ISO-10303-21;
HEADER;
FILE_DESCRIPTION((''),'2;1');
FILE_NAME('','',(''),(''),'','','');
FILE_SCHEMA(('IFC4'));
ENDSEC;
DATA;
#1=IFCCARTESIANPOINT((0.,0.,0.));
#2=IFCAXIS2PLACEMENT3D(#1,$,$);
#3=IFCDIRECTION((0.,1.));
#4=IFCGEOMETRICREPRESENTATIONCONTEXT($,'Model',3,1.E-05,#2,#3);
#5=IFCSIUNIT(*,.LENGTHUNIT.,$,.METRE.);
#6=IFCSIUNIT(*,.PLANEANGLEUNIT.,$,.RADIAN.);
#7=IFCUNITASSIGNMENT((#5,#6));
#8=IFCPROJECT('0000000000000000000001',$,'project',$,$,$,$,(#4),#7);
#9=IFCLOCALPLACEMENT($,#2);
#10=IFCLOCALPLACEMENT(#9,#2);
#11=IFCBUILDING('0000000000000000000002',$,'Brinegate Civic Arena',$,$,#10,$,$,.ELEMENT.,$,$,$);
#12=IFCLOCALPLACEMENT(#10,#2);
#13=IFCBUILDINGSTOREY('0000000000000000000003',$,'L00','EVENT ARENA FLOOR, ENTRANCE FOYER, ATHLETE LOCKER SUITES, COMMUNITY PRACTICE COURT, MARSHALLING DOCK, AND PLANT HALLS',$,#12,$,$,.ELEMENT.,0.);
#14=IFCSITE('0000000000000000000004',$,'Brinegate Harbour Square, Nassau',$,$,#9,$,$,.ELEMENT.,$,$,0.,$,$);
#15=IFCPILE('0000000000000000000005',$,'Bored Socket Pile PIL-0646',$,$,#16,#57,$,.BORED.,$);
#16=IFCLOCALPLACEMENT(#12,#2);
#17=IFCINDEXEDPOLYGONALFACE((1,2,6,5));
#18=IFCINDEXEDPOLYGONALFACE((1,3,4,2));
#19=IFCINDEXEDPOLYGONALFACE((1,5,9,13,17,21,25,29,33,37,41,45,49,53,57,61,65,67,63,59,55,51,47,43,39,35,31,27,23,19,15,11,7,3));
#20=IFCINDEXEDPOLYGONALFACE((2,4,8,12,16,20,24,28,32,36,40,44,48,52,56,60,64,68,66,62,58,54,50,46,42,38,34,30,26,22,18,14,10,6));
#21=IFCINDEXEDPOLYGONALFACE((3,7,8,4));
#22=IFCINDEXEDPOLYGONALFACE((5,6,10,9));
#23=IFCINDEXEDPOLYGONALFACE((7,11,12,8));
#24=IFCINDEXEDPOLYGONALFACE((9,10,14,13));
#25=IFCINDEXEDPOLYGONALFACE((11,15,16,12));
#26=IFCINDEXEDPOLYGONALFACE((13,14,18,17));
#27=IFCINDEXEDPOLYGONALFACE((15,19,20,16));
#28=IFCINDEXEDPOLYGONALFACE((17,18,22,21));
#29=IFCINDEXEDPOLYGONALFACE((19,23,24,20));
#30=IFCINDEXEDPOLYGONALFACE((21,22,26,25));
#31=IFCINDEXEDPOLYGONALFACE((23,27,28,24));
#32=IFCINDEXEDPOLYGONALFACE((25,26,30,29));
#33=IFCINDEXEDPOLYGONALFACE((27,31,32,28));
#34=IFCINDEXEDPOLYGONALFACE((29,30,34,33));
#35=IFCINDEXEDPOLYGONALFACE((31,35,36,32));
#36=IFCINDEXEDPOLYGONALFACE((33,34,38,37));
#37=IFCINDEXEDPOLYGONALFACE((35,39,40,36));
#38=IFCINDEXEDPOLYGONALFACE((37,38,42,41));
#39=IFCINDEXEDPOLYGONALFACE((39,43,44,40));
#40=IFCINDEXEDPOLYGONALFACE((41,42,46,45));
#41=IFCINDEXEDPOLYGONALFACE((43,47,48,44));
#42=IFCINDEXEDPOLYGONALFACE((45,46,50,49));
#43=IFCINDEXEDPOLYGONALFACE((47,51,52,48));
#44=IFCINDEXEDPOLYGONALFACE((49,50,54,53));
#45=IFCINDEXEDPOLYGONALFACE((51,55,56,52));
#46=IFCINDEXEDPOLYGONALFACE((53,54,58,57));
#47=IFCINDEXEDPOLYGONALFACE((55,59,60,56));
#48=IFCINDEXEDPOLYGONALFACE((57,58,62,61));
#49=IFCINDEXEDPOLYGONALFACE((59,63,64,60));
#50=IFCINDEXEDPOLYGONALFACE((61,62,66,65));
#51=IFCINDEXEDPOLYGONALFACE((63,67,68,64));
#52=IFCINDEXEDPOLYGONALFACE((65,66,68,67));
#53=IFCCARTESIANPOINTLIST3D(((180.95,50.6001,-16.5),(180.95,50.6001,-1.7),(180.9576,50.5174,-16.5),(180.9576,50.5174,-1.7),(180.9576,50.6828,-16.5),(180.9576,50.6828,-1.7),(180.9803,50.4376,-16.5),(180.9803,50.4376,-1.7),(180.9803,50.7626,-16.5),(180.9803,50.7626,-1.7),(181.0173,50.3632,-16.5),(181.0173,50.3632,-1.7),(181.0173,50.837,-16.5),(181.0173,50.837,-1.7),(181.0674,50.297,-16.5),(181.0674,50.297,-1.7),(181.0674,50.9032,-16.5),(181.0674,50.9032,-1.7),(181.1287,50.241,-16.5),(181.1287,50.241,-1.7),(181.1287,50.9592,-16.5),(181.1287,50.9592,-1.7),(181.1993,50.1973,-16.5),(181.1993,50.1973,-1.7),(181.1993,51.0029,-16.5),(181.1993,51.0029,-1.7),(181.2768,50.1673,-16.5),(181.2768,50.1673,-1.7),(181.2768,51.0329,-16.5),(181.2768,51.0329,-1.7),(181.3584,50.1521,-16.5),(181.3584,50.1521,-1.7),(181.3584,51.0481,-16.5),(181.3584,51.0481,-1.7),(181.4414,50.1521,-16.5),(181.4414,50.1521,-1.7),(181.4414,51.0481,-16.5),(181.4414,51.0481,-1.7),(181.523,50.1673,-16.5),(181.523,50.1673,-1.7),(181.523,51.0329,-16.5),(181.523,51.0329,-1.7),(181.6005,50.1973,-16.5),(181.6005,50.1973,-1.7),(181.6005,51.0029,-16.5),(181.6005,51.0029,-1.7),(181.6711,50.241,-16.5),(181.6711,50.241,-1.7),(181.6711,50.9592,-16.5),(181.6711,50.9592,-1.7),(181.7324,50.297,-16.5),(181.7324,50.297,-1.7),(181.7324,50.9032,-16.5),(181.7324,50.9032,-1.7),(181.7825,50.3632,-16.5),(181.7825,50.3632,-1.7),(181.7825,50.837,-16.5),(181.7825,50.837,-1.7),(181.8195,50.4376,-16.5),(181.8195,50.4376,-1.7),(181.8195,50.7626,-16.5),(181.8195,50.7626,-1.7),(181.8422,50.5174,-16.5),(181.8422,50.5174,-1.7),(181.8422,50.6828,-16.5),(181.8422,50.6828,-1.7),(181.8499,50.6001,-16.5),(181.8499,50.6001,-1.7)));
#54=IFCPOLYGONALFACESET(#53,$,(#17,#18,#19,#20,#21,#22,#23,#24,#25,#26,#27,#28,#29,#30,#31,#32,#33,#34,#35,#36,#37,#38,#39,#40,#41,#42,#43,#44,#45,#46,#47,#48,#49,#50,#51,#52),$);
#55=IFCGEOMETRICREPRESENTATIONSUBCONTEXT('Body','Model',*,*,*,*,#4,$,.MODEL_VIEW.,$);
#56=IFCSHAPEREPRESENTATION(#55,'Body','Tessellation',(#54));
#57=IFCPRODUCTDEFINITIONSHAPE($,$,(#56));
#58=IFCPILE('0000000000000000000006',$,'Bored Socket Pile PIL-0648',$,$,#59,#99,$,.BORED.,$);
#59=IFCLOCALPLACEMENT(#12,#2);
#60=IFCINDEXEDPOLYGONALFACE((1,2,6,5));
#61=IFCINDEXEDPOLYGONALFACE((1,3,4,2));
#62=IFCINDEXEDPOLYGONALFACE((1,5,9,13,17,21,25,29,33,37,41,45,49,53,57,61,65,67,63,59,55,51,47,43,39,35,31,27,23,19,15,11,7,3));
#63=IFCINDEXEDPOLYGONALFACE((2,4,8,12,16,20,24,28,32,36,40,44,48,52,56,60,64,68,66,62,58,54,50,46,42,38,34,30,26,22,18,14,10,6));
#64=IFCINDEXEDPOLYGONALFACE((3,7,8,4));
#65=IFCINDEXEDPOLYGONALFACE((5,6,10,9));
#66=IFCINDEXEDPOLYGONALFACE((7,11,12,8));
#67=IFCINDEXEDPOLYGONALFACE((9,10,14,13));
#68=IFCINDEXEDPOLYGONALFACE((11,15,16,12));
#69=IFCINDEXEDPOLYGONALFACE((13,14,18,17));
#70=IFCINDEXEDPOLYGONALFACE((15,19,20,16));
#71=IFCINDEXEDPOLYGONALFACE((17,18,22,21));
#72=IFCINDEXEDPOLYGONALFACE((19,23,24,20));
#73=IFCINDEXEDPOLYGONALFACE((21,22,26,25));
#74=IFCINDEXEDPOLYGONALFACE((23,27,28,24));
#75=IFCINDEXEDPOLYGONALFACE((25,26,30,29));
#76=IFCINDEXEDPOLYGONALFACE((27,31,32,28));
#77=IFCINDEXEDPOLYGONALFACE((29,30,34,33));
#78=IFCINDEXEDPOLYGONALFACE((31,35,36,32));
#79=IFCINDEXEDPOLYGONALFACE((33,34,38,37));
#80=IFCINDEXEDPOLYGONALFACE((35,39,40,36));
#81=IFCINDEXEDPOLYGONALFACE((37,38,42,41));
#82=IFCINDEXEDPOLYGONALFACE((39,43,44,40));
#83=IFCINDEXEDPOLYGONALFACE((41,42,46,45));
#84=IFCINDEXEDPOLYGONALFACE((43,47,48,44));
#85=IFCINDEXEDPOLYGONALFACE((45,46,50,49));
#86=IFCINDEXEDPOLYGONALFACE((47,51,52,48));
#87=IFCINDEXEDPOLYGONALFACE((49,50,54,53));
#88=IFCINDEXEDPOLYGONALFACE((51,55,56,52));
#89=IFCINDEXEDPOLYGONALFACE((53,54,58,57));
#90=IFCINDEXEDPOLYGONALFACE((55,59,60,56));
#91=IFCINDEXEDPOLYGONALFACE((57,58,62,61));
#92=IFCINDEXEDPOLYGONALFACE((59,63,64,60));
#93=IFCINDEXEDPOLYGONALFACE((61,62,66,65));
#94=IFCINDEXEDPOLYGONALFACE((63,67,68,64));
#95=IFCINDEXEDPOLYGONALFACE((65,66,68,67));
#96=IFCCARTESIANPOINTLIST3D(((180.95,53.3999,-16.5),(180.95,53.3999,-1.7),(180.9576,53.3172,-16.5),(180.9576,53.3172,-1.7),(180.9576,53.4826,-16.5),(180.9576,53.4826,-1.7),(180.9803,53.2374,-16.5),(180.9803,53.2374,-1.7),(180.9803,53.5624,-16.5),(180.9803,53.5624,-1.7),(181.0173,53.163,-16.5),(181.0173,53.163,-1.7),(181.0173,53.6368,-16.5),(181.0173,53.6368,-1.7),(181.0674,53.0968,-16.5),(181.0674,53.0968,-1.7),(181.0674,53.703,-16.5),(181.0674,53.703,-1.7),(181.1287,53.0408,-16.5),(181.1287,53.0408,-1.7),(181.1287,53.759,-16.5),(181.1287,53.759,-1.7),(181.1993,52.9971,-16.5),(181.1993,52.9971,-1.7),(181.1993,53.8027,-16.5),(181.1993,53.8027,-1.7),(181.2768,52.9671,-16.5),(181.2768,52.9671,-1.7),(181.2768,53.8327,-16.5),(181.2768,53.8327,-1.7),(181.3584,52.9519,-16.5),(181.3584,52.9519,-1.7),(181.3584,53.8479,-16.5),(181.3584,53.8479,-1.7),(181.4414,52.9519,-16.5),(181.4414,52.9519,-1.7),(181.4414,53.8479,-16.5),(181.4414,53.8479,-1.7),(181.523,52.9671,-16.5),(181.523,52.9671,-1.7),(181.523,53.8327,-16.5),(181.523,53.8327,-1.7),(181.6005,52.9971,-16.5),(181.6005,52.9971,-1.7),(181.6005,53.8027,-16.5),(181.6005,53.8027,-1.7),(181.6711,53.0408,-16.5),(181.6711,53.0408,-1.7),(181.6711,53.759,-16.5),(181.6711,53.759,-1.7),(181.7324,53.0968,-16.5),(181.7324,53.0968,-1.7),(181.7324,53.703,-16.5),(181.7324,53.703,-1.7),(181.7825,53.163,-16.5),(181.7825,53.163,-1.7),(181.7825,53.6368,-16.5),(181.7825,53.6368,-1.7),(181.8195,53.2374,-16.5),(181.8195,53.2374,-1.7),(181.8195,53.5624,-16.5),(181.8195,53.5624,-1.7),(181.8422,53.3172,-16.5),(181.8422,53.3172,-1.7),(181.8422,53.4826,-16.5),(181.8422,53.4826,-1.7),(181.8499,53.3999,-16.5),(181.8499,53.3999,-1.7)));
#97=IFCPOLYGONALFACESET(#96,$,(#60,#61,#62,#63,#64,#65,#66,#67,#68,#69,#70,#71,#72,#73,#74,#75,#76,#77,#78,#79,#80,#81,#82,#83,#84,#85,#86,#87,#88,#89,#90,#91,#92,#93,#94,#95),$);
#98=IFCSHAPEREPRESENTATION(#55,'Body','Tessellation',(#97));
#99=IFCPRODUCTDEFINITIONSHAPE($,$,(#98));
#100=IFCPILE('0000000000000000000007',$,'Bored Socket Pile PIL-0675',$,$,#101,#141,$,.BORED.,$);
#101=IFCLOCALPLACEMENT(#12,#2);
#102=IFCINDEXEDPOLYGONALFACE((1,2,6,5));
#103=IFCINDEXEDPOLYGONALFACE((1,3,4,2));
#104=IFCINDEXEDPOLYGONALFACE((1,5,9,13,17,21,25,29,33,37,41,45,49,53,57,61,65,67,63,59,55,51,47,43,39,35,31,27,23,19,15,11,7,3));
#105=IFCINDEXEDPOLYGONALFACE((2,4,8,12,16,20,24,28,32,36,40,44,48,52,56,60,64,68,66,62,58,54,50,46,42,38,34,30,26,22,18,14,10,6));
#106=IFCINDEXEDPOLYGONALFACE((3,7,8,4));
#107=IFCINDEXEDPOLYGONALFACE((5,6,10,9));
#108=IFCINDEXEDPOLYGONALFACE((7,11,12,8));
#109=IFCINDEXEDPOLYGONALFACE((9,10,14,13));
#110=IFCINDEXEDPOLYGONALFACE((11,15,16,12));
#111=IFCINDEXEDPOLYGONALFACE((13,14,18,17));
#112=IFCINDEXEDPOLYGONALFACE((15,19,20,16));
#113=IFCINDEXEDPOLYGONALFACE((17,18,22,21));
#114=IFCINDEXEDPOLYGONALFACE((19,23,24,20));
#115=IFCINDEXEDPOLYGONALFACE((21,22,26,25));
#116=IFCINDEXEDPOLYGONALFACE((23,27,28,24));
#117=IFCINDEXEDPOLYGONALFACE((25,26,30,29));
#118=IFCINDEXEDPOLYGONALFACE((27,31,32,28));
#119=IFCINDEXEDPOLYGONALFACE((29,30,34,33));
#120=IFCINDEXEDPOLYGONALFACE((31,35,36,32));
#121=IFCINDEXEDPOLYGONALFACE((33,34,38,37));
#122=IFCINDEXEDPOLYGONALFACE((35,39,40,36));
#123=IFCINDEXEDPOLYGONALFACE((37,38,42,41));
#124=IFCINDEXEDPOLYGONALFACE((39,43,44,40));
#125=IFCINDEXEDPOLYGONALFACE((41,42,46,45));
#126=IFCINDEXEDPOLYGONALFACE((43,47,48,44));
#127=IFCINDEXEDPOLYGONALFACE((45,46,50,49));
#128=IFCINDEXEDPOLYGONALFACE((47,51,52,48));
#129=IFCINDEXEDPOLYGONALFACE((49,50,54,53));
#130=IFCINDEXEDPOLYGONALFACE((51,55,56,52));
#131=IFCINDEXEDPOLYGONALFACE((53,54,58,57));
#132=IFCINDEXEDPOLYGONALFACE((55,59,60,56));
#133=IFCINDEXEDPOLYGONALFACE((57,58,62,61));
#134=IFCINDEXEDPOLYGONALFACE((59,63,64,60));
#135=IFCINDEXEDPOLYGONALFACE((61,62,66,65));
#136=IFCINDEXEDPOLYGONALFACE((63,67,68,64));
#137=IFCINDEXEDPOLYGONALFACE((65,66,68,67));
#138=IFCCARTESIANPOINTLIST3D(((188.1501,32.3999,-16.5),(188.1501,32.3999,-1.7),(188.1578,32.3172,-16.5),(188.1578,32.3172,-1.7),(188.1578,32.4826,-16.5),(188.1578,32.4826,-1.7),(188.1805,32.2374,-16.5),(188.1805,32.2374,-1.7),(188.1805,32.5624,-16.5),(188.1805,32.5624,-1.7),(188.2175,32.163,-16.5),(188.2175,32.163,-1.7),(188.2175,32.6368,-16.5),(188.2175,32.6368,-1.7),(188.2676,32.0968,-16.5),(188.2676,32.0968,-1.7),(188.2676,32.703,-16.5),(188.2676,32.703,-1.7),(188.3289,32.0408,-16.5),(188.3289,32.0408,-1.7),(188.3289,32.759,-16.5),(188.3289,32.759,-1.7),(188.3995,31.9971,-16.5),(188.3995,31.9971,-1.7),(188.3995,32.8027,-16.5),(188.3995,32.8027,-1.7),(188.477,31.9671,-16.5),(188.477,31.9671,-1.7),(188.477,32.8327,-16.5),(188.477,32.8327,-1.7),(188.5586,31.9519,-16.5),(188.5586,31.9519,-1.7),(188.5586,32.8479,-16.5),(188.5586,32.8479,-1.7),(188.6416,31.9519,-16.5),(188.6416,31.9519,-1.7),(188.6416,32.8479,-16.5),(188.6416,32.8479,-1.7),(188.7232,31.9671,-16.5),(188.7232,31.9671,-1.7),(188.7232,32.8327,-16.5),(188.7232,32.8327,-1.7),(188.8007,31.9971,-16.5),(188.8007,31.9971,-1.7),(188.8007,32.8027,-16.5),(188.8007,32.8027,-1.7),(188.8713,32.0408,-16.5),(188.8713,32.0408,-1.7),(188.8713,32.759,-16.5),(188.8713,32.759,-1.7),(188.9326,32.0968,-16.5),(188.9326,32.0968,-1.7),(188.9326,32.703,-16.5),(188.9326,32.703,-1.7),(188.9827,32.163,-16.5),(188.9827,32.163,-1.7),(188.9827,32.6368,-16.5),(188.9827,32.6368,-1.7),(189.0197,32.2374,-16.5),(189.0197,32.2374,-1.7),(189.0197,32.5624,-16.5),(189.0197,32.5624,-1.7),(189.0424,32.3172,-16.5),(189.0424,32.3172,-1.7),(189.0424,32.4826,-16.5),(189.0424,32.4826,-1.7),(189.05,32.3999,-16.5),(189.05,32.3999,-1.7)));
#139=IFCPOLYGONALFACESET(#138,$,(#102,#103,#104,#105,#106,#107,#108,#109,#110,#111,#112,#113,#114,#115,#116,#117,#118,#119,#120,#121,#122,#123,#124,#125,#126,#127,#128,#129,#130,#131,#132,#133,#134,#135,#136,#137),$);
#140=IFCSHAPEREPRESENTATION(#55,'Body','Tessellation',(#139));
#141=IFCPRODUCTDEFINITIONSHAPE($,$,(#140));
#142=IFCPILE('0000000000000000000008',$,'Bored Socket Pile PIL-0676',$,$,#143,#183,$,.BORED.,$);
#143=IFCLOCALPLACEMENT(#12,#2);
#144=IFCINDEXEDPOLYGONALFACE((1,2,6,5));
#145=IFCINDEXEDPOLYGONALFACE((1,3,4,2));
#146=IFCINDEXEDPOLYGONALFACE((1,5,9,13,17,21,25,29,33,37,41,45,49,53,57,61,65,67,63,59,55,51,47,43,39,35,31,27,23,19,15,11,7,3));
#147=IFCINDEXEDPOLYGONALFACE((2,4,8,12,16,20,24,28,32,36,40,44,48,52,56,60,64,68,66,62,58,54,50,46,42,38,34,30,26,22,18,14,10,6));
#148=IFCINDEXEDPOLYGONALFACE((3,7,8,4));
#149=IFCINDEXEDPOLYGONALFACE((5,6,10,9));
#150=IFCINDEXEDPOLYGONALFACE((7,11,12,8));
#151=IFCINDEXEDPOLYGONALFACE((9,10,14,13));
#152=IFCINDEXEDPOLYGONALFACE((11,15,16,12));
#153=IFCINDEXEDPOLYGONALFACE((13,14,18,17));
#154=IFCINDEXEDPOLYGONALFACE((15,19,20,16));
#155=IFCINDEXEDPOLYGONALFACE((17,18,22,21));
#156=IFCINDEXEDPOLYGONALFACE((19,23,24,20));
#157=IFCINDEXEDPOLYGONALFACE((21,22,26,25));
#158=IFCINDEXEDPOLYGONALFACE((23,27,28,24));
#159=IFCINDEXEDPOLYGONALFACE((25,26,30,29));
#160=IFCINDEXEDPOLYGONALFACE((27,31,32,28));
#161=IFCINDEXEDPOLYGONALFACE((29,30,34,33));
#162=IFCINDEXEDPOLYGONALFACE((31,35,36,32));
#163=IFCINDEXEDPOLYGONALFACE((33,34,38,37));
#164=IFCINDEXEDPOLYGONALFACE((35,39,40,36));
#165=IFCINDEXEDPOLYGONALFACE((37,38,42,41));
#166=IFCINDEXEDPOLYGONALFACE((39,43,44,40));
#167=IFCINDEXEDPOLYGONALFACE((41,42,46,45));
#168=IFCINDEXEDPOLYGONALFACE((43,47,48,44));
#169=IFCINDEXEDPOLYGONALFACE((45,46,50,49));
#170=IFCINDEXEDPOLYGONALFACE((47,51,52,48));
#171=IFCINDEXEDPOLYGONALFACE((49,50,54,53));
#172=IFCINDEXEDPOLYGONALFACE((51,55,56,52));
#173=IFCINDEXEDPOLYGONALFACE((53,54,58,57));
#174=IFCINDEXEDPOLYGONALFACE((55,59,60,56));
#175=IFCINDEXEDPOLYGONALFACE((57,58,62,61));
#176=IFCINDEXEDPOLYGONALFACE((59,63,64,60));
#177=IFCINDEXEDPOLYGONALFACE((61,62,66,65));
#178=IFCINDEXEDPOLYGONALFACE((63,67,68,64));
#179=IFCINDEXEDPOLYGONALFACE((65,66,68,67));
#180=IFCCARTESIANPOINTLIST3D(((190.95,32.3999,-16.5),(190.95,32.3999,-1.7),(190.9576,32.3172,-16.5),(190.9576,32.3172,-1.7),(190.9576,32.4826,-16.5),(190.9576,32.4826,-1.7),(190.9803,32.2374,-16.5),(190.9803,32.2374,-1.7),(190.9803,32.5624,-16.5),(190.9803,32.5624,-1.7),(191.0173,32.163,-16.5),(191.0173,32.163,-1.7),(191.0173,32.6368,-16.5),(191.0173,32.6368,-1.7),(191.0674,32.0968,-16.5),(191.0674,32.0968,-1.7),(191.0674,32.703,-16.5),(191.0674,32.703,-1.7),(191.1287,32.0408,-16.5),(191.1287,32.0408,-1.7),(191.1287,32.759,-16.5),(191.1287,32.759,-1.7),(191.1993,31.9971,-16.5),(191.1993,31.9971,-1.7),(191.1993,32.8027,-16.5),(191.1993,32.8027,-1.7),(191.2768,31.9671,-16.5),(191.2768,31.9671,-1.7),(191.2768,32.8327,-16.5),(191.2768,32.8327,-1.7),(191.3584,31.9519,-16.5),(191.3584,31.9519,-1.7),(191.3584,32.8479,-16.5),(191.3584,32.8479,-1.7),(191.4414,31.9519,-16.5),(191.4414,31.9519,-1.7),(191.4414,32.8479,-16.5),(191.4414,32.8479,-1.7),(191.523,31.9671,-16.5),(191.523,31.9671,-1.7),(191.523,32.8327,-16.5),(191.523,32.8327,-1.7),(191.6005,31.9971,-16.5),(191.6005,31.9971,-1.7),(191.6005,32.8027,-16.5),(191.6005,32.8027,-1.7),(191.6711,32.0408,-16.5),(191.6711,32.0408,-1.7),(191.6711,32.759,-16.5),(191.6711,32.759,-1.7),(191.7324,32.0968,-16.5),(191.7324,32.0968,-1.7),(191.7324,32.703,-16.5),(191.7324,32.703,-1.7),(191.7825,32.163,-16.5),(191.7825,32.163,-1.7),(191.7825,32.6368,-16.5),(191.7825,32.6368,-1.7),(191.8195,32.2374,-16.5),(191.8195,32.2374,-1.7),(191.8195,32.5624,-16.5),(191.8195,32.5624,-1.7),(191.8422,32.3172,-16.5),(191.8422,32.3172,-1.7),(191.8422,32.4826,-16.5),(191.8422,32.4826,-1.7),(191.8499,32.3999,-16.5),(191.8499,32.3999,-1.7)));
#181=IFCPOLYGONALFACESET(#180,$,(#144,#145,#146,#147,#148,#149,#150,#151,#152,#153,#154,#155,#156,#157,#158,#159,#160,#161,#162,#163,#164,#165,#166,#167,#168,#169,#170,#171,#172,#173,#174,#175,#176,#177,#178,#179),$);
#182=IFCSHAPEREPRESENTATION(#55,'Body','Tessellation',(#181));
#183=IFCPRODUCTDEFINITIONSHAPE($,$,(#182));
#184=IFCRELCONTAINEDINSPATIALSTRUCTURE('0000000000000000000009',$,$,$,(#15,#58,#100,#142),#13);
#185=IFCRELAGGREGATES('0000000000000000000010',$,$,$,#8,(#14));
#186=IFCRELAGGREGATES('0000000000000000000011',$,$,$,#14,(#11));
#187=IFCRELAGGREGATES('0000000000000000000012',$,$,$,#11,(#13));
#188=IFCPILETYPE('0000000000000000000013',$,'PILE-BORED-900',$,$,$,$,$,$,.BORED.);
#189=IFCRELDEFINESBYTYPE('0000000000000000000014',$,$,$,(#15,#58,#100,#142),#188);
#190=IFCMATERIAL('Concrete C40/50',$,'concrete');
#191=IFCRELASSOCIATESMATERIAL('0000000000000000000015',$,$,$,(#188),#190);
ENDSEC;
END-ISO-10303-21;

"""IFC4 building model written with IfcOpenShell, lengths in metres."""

from ifc_helpers import new_model, si_unit, direction, frame, origin, origin_2d, place, context, subcontext, project, spatial, circle, extrude, material, material_profile, profile_set, type_object, element, save


model = new_model("IFC4")

# Units and contexts
model_context = context("Model", 3, precision=1e-05, world=origin(), true_north=direction((0.0, 1.0)))
body_context = subcontext(model_context, "Body", "Model", "MODEL_VIEW")
ifc_project = project(units=[si_unit("LENGTHUNIT", "METRE"), si_unit("PLANEANGLEUNIT", "RADIAN")], contexts=[model_context])

# Site, building, storey
site_placement = place(None, origin())
site = spatial("IfcSite", under=ifc_project, at=site_placement, Name="Brinegate Harbour Square, Nassau", CompositionType="ELEMENT", RefElevation=0.0)
building_placement = place(site_placement, origin())
building = spatial("IfcBuilding", under=site, at=building_placement, Name="Brinegate Civic Arena", CompositionType="ELEMENT")
storey_placement = place(building_placement, origin())
storey = spatial("IfcBuildingStorey", under=building, at=storey_placement, Name="L00", Description="EVENT ARENA FLOOR, ENTRANCE FOYER, ATHLETE LOCKER SUITES, COMMUNITY PRACTICE COURT, MARSHALLING DOCK, AND PLANT HALLS", CompositionType="ELEMENT", Elevation=0.0)

# Shared definitions
ifc_material_1 = material(Name="Concrete C40/50", Category="concrete")

# Piles
ifc_material_profile_1 = material_profile(ifc_material_1, circle(Radius=0.45, at=origin_2d()), Name="PILED900")
ifc_profile_set_1 = profile_set([ifc_material_profile_1], Name="Concrete C40/50")
pile_type = type_object("IfcPileType", Name="PILE-BORED-900", PredefinedType="BORED", material=ifc_profile_set_1)
for number, where, z_axis, x_axis, name in (
    (1, (181.3999, 50.6001, -1.7), (0.0, 0.0, -1.0), (1.0, 0.0, 0.0), "Bored Socket Pile PIL-0646"),
    (2, (181.3999, 53.3999, -1.7), (0.0, 0.0, -1.0), (1.0, 0.0, 0.0), "Bored Socket Pile PIL-0648"),
    (3, (188.6001, 32.3999, -1.7), (0.0, 0.0, -1.0), (1.0, 0.0, 0.0), "Bored Socket Pile PIL-0675"),
    (4, (191.3999, 32.3999, -1.7), (0.0, 0.0, -1.0), (1.0, 0.0, 0.0), "Bored Socket Pile PIL-0676"),
):
    element("IfcPile", number, at=place(storey_placement, frame(where, z_axis=z_axis, x_axis=x_axis)), inside=storey, type_object=pile_type, Name=name, PredefinedType="BORED", context=body_context, shape_type="SweptSolid", body=[
        extrude(circle(Radius=0.45, at=origin_2d()), origin(), (0.0, 0.0, 1.0), 14.8),
    ])

save(model, "model.ifc")
